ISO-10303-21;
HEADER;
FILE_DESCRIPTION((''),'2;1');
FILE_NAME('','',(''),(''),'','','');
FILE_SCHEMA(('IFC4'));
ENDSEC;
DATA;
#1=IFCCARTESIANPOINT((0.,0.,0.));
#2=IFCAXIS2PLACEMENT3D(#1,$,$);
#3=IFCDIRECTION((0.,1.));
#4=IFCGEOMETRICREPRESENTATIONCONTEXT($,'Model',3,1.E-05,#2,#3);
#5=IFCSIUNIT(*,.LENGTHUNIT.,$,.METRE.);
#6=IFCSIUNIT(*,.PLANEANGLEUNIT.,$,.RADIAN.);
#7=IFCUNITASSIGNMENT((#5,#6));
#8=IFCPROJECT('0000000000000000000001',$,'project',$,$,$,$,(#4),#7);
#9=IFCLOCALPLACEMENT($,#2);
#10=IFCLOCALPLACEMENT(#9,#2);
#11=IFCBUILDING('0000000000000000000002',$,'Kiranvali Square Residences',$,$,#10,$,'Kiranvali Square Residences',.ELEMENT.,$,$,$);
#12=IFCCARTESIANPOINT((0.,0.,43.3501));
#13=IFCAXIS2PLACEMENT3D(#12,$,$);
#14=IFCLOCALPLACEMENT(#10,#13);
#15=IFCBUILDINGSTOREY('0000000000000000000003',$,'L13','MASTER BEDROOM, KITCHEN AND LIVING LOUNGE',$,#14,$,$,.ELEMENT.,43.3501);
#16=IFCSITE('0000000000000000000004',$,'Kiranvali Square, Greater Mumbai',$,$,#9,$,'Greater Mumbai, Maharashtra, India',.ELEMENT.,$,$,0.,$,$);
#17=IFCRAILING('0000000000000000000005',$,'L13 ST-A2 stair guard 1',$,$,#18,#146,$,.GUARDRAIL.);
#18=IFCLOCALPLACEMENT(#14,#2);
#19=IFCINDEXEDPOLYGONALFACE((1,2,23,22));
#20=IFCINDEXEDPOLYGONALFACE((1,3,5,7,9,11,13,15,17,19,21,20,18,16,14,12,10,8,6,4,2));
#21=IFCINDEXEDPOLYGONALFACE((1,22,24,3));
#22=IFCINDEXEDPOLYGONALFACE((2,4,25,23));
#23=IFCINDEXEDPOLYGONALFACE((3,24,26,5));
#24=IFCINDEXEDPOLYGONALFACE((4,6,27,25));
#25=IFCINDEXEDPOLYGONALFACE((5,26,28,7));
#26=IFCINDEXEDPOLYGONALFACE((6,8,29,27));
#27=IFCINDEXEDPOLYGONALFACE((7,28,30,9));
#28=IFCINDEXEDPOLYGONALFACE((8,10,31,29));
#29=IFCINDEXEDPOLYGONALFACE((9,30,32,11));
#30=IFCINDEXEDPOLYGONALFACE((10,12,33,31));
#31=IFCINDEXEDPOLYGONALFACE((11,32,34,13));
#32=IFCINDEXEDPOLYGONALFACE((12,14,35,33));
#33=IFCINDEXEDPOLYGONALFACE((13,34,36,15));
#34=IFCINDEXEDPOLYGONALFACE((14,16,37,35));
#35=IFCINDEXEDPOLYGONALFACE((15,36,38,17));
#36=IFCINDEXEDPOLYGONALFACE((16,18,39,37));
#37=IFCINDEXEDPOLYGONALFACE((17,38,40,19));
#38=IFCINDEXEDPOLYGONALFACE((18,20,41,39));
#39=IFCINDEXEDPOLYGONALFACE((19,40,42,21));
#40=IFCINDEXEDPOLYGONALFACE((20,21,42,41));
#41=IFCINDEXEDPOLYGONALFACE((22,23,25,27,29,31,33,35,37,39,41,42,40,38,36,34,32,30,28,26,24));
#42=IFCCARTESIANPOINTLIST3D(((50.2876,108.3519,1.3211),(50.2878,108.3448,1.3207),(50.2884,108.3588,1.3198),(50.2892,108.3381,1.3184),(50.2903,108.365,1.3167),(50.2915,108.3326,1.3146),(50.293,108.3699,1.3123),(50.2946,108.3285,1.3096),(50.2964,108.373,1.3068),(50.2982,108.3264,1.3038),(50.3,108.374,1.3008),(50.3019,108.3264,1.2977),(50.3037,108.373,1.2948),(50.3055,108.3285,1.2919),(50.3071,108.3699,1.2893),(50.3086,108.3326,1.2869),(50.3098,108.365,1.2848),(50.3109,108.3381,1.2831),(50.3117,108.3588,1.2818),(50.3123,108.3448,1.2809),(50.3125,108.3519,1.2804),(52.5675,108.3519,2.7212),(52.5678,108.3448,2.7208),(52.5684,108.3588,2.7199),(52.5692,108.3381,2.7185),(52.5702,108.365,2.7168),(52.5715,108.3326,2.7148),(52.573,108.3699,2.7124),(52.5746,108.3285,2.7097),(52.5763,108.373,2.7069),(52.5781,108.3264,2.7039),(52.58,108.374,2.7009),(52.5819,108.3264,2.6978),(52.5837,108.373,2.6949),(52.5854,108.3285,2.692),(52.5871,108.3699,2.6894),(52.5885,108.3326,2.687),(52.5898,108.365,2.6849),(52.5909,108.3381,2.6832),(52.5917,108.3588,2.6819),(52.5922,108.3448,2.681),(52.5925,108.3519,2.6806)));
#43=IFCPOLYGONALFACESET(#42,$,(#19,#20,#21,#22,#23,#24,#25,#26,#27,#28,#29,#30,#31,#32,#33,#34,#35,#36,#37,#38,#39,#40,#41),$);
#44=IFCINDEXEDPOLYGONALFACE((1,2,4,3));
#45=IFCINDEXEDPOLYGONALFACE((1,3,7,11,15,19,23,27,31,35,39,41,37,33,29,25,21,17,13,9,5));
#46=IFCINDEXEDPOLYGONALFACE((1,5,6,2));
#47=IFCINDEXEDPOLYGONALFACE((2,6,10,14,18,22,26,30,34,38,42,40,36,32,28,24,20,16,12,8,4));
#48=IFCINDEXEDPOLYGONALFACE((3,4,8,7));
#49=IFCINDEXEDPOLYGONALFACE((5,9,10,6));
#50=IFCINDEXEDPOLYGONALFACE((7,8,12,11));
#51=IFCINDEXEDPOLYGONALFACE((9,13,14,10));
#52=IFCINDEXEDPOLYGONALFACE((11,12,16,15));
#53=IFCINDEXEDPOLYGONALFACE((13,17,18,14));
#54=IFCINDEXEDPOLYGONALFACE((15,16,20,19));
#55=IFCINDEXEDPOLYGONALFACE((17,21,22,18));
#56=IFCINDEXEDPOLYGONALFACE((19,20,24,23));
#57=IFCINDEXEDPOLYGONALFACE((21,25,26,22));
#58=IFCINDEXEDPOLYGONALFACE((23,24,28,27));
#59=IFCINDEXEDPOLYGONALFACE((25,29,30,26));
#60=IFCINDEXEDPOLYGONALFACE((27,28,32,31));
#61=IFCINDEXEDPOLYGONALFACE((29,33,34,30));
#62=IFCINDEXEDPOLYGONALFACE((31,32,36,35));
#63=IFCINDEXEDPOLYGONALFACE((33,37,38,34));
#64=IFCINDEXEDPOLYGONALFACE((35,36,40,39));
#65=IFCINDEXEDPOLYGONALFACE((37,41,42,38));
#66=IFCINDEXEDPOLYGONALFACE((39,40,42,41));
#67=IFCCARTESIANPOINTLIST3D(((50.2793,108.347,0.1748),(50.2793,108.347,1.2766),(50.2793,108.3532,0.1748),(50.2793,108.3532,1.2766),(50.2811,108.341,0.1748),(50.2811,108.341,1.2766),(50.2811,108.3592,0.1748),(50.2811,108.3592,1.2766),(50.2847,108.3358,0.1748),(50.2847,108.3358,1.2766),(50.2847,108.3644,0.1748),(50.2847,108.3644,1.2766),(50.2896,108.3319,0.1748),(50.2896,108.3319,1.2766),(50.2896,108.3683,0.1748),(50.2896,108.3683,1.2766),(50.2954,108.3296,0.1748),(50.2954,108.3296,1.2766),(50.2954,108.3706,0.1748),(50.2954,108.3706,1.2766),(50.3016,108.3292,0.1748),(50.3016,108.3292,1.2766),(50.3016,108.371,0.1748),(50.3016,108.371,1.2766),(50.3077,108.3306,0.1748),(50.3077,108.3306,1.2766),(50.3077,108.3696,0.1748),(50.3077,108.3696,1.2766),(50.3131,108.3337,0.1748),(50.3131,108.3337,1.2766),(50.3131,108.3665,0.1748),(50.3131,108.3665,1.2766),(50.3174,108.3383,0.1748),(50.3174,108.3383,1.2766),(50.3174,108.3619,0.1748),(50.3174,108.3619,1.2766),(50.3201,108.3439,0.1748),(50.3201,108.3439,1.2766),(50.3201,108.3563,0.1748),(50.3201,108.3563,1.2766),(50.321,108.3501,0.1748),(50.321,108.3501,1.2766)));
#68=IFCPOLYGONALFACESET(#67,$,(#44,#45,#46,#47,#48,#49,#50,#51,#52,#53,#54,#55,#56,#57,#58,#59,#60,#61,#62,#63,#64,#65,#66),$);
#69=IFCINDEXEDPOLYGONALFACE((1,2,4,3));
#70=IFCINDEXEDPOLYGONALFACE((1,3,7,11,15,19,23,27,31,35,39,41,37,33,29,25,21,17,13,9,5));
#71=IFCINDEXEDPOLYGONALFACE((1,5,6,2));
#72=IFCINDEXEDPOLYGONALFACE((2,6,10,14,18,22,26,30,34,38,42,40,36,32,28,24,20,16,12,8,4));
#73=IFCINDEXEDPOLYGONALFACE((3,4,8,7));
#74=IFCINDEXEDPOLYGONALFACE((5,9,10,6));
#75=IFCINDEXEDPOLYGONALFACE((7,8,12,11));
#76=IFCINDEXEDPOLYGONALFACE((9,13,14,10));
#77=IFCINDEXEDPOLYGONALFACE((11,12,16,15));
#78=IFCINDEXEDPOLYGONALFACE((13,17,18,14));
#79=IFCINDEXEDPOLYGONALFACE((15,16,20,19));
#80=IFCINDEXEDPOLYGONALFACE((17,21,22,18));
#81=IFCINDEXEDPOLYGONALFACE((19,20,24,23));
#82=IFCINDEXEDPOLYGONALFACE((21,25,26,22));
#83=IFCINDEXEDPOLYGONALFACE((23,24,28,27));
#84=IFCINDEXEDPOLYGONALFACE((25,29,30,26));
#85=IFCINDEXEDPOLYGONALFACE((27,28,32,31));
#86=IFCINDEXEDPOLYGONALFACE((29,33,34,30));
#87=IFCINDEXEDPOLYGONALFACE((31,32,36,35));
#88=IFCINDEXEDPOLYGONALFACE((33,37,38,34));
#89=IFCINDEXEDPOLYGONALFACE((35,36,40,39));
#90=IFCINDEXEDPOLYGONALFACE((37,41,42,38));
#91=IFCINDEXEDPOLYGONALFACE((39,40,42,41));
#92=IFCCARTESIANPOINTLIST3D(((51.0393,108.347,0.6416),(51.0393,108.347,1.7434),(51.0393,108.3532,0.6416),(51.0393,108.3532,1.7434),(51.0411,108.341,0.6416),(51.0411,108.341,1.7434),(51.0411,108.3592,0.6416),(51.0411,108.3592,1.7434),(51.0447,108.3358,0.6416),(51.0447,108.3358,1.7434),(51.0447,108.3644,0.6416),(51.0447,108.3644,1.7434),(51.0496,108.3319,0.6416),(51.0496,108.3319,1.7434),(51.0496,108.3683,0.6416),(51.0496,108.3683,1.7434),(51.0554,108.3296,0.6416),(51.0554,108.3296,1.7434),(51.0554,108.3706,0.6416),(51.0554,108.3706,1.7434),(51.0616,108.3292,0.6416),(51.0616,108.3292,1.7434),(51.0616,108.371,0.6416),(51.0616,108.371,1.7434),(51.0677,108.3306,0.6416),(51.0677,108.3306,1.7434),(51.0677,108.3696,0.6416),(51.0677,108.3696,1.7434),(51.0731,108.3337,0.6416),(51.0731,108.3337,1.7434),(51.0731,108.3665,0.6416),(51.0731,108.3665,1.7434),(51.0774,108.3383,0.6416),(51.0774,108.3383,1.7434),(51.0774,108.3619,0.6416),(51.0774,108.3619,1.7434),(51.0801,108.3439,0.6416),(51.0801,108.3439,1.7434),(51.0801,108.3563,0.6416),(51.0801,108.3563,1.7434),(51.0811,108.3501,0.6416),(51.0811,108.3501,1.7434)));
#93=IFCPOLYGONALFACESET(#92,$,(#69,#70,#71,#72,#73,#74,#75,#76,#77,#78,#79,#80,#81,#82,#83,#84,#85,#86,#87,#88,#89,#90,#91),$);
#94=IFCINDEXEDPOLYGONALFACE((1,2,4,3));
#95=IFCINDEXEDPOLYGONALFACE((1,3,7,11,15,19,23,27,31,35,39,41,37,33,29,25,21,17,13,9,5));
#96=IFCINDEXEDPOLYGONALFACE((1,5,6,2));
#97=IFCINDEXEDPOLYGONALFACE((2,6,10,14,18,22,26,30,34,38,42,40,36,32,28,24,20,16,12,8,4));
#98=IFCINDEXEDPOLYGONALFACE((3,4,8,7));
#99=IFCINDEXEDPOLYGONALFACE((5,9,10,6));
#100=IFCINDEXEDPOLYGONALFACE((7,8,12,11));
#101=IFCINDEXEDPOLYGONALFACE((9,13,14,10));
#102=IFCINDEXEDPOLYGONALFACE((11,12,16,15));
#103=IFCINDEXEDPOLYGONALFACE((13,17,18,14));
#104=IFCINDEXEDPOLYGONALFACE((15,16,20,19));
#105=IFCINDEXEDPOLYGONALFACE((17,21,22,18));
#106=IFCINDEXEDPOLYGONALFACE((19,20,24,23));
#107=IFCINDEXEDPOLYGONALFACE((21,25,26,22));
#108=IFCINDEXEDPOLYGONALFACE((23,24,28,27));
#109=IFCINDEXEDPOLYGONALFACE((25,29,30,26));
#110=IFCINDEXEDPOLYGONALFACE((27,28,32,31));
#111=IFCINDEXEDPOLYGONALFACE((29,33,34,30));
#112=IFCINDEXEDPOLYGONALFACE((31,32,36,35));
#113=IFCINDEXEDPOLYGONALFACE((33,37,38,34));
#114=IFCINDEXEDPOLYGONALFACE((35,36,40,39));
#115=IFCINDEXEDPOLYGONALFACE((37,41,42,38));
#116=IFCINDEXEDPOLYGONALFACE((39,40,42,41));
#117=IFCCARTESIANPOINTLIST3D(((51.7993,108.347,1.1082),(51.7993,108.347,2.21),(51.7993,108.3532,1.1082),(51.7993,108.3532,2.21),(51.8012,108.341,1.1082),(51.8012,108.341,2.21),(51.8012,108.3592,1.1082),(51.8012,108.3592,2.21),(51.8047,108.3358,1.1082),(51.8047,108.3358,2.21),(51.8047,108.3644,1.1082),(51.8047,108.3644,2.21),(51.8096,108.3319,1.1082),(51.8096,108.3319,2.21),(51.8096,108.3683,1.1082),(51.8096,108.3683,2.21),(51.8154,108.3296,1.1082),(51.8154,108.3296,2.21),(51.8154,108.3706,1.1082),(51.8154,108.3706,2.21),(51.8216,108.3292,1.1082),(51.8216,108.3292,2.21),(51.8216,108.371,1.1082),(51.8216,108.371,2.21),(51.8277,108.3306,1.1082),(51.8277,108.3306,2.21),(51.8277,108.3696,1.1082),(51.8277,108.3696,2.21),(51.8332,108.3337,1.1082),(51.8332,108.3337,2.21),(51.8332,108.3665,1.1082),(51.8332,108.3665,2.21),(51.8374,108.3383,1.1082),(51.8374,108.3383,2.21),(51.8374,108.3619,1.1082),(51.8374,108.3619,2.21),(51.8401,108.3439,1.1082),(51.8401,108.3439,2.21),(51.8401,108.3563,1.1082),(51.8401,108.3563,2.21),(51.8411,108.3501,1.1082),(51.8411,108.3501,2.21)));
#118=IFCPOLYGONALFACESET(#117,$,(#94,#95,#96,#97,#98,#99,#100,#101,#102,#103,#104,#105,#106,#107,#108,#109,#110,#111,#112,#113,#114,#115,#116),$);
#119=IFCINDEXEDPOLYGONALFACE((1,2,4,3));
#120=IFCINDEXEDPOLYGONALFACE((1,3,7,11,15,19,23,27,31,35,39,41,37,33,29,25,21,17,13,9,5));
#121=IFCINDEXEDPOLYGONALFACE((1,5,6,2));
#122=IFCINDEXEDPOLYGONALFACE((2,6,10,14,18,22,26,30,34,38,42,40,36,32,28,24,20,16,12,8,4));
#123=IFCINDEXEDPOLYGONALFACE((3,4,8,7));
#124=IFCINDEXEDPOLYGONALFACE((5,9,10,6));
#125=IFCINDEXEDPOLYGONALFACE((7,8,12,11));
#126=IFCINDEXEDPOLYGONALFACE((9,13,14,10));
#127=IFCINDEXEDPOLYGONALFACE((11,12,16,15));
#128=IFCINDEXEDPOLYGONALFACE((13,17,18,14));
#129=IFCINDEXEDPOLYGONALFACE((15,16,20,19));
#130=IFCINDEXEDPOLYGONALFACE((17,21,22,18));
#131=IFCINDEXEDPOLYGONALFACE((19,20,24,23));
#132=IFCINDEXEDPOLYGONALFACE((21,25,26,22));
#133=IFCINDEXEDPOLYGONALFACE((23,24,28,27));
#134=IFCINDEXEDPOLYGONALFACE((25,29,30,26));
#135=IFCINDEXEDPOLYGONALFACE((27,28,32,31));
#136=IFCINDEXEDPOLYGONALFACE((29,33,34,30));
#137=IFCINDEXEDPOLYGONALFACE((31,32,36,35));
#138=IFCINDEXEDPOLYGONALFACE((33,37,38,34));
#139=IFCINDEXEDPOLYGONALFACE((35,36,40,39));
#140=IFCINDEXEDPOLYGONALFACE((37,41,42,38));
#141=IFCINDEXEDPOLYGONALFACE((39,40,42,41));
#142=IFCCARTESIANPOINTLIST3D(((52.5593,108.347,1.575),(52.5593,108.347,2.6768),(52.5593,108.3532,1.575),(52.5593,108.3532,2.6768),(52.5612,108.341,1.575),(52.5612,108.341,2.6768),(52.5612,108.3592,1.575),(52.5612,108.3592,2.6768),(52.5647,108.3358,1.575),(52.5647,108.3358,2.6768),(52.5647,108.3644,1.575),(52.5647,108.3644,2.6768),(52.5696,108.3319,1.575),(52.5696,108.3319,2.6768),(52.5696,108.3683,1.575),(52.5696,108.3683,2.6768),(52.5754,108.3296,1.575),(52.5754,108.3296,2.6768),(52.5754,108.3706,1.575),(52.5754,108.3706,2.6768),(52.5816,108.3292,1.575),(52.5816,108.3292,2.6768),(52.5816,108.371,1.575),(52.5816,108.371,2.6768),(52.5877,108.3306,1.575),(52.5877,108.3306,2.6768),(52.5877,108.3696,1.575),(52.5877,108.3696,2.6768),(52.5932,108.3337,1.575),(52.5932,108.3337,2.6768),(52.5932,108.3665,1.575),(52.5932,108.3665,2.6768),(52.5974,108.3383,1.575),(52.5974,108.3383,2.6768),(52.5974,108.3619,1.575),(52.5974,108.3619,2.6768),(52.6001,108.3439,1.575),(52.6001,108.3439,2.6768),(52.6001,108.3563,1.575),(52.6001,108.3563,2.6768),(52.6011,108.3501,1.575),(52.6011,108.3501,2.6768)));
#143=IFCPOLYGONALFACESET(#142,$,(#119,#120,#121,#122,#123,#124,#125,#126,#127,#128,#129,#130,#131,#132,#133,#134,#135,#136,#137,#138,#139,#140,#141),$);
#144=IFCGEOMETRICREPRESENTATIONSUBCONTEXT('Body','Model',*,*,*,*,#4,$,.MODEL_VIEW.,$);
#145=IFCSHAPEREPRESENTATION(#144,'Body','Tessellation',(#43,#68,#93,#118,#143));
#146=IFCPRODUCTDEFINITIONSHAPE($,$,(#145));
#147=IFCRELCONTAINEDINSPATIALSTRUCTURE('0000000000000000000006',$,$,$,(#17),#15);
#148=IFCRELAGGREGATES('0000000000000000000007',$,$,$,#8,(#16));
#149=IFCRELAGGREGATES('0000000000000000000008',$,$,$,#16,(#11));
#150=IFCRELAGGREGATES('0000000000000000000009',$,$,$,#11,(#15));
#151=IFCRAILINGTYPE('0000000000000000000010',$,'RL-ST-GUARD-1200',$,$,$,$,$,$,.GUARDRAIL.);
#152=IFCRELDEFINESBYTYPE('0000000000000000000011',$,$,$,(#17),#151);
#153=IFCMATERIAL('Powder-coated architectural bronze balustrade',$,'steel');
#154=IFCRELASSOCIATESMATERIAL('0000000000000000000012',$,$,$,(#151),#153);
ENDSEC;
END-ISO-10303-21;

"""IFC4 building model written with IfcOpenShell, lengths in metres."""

from ifc_helpers import new_model, si_unit, direction, frame, origin, origin_2d, place, context, subcontext, project, spatial, circle, extrude, material, type_object, element, save


model = new_model("IFC4")

# Units and contexts
model_context = context("Model", 3, precision=1e-05, world=origin(), true_north=direction((0.0, 1.0)))
body_context = subcontext(model_context, "Body", "Model", "MODEL_VIEW")
ifc_project = project(units=[si_unit("LENGTHUNIT", "METRE"), si_unit("PLANEANGLEUNIT", "RADIAN")], contexts=[model_context])

# Site, building, storey
site_placement = place(None, origin())
site = spatial("IfcSite", under=ifc_project, at=site_placement, Name="Kiranvali Square, Greater Mumbai", LongName="Greater Mumbai, Maharashtra, India", CompositionType="ELEMENT", RefElevation=0.0)
building_placement = place(site_placement, origin())
building = spatial("IfcBuilding", under=site, at=building_placement, Name="Kiranvali Square Residences", LongName="Kiranvali Square Residences", CompositionType="ELEMENT")
storey_placement = place(building_placement, frame((0.0, 0.0, 43.3501)))
storey = spatial("IfcBuildingStorey", under=building, at=storey_placement, Name="L13", Description="MASTER BEDROOM, KITCHEN AND LIVING LOUNGE", CompositionType="ELEMENT", Elevation=43.3501)

# Railing
ifc_material_1 = material(Name="Powder-coated architectural bronze balustrade", Category="steel")
railing_type_1 = type_object("IfcRailingType", Name="RL-ST-GUARD-1200", PredefinedType="GUARDRAIL", material=ifc_material_1)
railing_1_placement = place(storey_placement, frame((50.3, 108.3501, 0.1748)))
element("IfcRailing", 1, at=railing_1_placement, inside=storey, type_object=railing_type_1, Name="L13 ST-A2 stair guard 1", PredefinedType="GUARDRAIL", context=body_context, shape_type="SweptSolid", body=[
    extrude(circle(Radius=0.0239, at=origin_2d()), frame((0.0, 0.0, 1.126), z_axis=(0.85215, 0.0, 0.523298), x_axis=(0.0, 1.0, 0.0)), (0.0, 0.0, 1.0), 2.6755),
    extrude(circle(Radius=0.021, at=origin_2d()), origin(), (0.0, 0.0, 1.0), 1.1018),
    extrude(circle(Radius=0.021, at=origin_2d()), frame((0.76, 0.0, 0.4668)), (0.0, 0.0, 1.0), 1.1018),
    extrude(circle(Radius=0.021, at=origin_2d()), frame((1.52, 0.0, 0.9333)), (0.0, 0.0, 1.0), 1.1018),
    extrude(circle(Radius=0.021, at=origin_2d()), frame((2.28, 0.0, 1.4001)), (0.0, 0.0, 1.0), 1.1018),
])

save(model, "model.ifc")
